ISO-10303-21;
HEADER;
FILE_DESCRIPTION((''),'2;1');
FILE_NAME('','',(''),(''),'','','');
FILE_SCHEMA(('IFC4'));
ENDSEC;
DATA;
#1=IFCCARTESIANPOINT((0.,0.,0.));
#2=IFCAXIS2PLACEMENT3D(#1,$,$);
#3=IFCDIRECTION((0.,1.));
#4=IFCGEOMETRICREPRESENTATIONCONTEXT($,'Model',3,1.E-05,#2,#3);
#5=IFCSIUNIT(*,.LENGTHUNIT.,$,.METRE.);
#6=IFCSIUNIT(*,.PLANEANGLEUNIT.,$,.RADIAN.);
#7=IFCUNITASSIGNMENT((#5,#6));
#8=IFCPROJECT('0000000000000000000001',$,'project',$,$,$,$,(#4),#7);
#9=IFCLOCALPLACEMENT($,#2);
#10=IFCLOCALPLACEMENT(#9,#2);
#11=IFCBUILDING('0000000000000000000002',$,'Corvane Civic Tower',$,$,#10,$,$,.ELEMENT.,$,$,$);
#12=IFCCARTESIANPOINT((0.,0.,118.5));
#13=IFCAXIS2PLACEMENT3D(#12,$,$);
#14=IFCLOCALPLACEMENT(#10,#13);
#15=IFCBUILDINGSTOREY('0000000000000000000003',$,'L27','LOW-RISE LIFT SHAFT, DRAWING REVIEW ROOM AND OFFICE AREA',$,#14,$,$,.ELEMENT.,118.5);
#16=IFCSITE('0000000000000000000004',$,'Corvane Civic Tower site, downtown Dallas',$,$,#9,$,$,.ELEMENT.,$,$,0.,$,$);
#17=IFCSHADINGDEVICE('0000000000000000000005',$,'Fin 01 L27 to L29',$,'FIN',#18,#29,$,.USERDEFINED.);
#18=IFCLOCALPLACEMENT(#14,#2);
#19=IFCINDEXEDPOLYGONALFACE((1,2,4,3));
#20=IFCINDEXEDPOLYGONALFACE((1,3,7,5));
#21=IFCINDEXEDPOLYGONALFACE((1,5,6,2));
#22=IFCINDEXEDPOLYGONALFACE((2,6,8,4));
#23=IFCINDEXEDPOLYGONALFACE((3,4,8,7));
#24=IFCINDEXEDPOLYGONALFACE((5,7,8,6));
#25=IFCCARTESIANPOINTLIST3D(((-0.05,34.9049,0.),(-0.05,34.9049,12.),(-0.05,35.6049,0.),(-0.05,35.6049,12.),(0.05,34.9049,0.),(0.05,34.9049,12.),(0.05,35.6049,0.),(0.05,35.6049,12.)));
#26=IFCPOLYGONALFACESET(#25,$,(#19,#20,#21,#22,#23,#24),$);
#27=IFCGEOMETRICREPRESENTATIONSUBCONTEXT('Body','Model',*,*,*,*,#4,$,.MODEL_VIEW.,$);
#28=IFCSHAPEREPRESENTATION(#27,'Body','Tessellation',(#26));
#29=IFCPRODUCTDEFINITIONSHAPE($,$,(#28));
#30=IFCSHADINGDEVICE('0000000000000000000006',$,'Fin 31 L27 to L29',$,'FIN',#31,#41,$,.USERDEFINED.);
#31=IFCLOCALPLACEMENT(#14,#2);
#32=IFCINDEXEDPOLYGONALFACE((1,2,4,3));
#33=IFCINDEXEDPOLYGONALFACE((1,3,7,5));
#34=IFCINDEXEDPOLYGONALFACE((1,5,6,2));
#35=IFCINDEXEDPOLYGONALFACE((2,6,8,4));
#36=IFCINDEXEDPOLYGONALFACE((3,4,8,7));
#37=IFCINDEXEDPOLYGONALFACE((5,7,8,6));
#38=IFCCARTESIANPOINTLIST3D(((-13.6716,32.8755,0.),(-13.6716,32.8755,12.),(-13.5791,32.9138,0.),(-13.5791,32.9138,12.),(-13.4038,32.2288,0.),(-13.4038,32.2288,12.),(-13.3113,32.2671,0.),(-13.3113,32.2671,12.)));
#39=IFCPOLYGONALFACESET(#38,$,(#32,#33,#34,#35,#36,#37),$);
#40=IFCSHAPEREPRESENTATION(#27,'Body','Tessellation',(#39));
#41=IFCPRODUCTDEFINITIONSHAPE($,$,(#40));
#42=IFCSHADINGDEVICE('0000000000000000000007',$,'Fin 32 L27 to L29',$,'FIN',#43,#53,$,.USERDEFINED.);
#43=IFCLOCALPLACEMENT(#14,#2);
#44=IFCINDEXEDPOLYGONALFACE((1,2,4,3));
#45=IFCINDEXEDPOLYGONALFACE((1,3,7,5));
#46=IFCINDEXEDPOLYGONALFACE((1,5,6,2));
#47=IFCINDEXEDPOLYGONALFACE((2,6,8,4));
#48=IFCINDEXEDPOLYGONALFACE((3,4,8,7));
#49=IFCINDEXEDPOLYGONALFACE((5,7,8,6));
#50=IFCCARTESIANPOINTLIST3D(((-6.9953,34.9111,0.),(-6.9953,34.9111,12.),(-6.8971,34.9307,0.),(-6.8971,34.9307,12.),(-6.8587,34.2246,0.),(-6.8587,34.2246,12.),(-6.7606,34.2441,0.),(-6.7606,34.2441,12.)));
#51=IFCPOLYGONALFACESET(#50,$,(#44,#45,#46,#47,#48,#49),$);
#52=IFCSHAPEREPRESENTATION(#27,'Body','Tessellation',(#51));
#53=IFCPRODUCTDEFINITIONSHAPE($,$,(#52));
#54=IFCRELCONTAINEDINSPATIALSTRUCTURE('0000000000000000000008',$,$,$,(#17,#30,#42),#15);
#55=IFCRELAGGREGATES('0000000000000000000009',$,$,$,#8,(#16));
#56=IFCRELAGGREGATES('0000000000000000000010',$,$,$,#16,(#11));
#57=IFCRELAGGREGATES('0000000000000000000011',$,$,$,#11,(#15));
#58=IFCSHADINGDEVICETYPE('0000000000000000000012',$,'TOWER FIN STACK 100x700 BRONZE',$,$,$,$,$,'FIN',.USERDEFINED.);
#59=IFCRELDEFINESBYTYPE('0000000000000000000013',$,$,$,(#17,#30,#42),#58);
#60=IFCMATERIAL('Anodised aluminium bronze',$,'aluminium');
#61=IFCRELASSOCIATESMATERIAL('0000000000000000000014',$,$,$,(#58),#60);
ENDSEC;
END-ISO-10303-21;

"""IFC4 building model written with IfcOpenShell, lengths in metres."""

from ifc_helpers import new_model, si_unit, direction, frame, origin, origin_2d, place, context, subcontext, project, spatial, rectangle, extrude, material, material_profile, profile_set, type_object, element, save


model = new_model("IFC4")

# Units and contexts
model_context = context("Model", 3, precision=1e-05, world=origin(), true_north=direction((0.0, 1.0)))
body_context = subcontext(model_context, "Body", "Model", "MODEL_VIEW")
ifc_project = project(units=[si_unit("LENGTHUNIT", "METRE"), si_unit("PLANEANGLEUNIT", "RADIAN")], contexts=[model_context])

# Site, building, storey
site_placement = place(None, origin())
site = spatial("IfcSite", under=ifc_project, at=site_placement, Name="Corvane Civic Tower site, downtown Dallas", CompositionType="ELEMENT", RefElevation=0.0)
building_placement = place(site_placement, origin())
building = spatial("IfcBuilding", under=site, at=building_placement, Name="Corvane Civic Tower", CompositionType="ELEMENT")
storey_placement = place(building_placement, frame((0.0, 0.0, 118.5)))
storey = spatial("IfcBuildingStorey", under=building, at=storey_placement, Name="L27", Description="LOW-RISE LIFT SHAFT, DRAWING REVIEW ROOM AND OFFICE AREA", CompositionType="ELEMENT", Elevation=118.5)

# Shading devices
ifc_material_1 = material(Name="Anodised aluminium bronze", Category="aluminium")
ifc_material_profile_1 = material_profile(ifc_material_1, rectangle(XDim=0.1001, YDim=0.7, at=origin_2d()), Name="TOWER FIN STACK 100x700 BRONZE")
ifc_profile_set_1 = profile_set([ifc_material_profile_1], Name="Anodised aluminium bronze")
shading_device_type = type_object("IfcShadingDeviceType", Name="TOWER FIN STACK 100x700 BRONZE", ElementType="FIN", PredefinedType="USERDEFINED", material=ifc_profile_set_1)
for number, where, z_axis, x_axis, name in (
    (1, (0.0, 35.2549, 0.0), (0.0, 0.0, 1.0), (1.0, 0.0, 0.0), "Fin 01 L27 to L29"),
    (2, (-13.4915, 32.5713, 0.0), (0.0, 0.0, 1.0), (0.92388, 0.382683, 0.0), "Fin 31 L27 to L29"),
    (3, (-6.8779, 34.5776, 0.0), (0.0, 0.0, 1.0), (0.980785, 0.19509, 0.0), "Fin 32 L27 to L29"),
):
    element("IfcShadingDevice", number, at=place(storey_placement, frame(where, z_axis=z_axis, x_axis=x_axis)), inside=storey, type_object=shading_device_type, Name=name, ObjectType="FIN", PredefinedType="USERDEFINED", context=body_context, shape_type="SweptSolid", body=[
        extrude(rectangle(XDim=0.1001, YDim=0.7, at=origin_2d()), origin(), (0.0, 0.0, 1.0), 12.0),
    ])

save(model, "model.ifc")
